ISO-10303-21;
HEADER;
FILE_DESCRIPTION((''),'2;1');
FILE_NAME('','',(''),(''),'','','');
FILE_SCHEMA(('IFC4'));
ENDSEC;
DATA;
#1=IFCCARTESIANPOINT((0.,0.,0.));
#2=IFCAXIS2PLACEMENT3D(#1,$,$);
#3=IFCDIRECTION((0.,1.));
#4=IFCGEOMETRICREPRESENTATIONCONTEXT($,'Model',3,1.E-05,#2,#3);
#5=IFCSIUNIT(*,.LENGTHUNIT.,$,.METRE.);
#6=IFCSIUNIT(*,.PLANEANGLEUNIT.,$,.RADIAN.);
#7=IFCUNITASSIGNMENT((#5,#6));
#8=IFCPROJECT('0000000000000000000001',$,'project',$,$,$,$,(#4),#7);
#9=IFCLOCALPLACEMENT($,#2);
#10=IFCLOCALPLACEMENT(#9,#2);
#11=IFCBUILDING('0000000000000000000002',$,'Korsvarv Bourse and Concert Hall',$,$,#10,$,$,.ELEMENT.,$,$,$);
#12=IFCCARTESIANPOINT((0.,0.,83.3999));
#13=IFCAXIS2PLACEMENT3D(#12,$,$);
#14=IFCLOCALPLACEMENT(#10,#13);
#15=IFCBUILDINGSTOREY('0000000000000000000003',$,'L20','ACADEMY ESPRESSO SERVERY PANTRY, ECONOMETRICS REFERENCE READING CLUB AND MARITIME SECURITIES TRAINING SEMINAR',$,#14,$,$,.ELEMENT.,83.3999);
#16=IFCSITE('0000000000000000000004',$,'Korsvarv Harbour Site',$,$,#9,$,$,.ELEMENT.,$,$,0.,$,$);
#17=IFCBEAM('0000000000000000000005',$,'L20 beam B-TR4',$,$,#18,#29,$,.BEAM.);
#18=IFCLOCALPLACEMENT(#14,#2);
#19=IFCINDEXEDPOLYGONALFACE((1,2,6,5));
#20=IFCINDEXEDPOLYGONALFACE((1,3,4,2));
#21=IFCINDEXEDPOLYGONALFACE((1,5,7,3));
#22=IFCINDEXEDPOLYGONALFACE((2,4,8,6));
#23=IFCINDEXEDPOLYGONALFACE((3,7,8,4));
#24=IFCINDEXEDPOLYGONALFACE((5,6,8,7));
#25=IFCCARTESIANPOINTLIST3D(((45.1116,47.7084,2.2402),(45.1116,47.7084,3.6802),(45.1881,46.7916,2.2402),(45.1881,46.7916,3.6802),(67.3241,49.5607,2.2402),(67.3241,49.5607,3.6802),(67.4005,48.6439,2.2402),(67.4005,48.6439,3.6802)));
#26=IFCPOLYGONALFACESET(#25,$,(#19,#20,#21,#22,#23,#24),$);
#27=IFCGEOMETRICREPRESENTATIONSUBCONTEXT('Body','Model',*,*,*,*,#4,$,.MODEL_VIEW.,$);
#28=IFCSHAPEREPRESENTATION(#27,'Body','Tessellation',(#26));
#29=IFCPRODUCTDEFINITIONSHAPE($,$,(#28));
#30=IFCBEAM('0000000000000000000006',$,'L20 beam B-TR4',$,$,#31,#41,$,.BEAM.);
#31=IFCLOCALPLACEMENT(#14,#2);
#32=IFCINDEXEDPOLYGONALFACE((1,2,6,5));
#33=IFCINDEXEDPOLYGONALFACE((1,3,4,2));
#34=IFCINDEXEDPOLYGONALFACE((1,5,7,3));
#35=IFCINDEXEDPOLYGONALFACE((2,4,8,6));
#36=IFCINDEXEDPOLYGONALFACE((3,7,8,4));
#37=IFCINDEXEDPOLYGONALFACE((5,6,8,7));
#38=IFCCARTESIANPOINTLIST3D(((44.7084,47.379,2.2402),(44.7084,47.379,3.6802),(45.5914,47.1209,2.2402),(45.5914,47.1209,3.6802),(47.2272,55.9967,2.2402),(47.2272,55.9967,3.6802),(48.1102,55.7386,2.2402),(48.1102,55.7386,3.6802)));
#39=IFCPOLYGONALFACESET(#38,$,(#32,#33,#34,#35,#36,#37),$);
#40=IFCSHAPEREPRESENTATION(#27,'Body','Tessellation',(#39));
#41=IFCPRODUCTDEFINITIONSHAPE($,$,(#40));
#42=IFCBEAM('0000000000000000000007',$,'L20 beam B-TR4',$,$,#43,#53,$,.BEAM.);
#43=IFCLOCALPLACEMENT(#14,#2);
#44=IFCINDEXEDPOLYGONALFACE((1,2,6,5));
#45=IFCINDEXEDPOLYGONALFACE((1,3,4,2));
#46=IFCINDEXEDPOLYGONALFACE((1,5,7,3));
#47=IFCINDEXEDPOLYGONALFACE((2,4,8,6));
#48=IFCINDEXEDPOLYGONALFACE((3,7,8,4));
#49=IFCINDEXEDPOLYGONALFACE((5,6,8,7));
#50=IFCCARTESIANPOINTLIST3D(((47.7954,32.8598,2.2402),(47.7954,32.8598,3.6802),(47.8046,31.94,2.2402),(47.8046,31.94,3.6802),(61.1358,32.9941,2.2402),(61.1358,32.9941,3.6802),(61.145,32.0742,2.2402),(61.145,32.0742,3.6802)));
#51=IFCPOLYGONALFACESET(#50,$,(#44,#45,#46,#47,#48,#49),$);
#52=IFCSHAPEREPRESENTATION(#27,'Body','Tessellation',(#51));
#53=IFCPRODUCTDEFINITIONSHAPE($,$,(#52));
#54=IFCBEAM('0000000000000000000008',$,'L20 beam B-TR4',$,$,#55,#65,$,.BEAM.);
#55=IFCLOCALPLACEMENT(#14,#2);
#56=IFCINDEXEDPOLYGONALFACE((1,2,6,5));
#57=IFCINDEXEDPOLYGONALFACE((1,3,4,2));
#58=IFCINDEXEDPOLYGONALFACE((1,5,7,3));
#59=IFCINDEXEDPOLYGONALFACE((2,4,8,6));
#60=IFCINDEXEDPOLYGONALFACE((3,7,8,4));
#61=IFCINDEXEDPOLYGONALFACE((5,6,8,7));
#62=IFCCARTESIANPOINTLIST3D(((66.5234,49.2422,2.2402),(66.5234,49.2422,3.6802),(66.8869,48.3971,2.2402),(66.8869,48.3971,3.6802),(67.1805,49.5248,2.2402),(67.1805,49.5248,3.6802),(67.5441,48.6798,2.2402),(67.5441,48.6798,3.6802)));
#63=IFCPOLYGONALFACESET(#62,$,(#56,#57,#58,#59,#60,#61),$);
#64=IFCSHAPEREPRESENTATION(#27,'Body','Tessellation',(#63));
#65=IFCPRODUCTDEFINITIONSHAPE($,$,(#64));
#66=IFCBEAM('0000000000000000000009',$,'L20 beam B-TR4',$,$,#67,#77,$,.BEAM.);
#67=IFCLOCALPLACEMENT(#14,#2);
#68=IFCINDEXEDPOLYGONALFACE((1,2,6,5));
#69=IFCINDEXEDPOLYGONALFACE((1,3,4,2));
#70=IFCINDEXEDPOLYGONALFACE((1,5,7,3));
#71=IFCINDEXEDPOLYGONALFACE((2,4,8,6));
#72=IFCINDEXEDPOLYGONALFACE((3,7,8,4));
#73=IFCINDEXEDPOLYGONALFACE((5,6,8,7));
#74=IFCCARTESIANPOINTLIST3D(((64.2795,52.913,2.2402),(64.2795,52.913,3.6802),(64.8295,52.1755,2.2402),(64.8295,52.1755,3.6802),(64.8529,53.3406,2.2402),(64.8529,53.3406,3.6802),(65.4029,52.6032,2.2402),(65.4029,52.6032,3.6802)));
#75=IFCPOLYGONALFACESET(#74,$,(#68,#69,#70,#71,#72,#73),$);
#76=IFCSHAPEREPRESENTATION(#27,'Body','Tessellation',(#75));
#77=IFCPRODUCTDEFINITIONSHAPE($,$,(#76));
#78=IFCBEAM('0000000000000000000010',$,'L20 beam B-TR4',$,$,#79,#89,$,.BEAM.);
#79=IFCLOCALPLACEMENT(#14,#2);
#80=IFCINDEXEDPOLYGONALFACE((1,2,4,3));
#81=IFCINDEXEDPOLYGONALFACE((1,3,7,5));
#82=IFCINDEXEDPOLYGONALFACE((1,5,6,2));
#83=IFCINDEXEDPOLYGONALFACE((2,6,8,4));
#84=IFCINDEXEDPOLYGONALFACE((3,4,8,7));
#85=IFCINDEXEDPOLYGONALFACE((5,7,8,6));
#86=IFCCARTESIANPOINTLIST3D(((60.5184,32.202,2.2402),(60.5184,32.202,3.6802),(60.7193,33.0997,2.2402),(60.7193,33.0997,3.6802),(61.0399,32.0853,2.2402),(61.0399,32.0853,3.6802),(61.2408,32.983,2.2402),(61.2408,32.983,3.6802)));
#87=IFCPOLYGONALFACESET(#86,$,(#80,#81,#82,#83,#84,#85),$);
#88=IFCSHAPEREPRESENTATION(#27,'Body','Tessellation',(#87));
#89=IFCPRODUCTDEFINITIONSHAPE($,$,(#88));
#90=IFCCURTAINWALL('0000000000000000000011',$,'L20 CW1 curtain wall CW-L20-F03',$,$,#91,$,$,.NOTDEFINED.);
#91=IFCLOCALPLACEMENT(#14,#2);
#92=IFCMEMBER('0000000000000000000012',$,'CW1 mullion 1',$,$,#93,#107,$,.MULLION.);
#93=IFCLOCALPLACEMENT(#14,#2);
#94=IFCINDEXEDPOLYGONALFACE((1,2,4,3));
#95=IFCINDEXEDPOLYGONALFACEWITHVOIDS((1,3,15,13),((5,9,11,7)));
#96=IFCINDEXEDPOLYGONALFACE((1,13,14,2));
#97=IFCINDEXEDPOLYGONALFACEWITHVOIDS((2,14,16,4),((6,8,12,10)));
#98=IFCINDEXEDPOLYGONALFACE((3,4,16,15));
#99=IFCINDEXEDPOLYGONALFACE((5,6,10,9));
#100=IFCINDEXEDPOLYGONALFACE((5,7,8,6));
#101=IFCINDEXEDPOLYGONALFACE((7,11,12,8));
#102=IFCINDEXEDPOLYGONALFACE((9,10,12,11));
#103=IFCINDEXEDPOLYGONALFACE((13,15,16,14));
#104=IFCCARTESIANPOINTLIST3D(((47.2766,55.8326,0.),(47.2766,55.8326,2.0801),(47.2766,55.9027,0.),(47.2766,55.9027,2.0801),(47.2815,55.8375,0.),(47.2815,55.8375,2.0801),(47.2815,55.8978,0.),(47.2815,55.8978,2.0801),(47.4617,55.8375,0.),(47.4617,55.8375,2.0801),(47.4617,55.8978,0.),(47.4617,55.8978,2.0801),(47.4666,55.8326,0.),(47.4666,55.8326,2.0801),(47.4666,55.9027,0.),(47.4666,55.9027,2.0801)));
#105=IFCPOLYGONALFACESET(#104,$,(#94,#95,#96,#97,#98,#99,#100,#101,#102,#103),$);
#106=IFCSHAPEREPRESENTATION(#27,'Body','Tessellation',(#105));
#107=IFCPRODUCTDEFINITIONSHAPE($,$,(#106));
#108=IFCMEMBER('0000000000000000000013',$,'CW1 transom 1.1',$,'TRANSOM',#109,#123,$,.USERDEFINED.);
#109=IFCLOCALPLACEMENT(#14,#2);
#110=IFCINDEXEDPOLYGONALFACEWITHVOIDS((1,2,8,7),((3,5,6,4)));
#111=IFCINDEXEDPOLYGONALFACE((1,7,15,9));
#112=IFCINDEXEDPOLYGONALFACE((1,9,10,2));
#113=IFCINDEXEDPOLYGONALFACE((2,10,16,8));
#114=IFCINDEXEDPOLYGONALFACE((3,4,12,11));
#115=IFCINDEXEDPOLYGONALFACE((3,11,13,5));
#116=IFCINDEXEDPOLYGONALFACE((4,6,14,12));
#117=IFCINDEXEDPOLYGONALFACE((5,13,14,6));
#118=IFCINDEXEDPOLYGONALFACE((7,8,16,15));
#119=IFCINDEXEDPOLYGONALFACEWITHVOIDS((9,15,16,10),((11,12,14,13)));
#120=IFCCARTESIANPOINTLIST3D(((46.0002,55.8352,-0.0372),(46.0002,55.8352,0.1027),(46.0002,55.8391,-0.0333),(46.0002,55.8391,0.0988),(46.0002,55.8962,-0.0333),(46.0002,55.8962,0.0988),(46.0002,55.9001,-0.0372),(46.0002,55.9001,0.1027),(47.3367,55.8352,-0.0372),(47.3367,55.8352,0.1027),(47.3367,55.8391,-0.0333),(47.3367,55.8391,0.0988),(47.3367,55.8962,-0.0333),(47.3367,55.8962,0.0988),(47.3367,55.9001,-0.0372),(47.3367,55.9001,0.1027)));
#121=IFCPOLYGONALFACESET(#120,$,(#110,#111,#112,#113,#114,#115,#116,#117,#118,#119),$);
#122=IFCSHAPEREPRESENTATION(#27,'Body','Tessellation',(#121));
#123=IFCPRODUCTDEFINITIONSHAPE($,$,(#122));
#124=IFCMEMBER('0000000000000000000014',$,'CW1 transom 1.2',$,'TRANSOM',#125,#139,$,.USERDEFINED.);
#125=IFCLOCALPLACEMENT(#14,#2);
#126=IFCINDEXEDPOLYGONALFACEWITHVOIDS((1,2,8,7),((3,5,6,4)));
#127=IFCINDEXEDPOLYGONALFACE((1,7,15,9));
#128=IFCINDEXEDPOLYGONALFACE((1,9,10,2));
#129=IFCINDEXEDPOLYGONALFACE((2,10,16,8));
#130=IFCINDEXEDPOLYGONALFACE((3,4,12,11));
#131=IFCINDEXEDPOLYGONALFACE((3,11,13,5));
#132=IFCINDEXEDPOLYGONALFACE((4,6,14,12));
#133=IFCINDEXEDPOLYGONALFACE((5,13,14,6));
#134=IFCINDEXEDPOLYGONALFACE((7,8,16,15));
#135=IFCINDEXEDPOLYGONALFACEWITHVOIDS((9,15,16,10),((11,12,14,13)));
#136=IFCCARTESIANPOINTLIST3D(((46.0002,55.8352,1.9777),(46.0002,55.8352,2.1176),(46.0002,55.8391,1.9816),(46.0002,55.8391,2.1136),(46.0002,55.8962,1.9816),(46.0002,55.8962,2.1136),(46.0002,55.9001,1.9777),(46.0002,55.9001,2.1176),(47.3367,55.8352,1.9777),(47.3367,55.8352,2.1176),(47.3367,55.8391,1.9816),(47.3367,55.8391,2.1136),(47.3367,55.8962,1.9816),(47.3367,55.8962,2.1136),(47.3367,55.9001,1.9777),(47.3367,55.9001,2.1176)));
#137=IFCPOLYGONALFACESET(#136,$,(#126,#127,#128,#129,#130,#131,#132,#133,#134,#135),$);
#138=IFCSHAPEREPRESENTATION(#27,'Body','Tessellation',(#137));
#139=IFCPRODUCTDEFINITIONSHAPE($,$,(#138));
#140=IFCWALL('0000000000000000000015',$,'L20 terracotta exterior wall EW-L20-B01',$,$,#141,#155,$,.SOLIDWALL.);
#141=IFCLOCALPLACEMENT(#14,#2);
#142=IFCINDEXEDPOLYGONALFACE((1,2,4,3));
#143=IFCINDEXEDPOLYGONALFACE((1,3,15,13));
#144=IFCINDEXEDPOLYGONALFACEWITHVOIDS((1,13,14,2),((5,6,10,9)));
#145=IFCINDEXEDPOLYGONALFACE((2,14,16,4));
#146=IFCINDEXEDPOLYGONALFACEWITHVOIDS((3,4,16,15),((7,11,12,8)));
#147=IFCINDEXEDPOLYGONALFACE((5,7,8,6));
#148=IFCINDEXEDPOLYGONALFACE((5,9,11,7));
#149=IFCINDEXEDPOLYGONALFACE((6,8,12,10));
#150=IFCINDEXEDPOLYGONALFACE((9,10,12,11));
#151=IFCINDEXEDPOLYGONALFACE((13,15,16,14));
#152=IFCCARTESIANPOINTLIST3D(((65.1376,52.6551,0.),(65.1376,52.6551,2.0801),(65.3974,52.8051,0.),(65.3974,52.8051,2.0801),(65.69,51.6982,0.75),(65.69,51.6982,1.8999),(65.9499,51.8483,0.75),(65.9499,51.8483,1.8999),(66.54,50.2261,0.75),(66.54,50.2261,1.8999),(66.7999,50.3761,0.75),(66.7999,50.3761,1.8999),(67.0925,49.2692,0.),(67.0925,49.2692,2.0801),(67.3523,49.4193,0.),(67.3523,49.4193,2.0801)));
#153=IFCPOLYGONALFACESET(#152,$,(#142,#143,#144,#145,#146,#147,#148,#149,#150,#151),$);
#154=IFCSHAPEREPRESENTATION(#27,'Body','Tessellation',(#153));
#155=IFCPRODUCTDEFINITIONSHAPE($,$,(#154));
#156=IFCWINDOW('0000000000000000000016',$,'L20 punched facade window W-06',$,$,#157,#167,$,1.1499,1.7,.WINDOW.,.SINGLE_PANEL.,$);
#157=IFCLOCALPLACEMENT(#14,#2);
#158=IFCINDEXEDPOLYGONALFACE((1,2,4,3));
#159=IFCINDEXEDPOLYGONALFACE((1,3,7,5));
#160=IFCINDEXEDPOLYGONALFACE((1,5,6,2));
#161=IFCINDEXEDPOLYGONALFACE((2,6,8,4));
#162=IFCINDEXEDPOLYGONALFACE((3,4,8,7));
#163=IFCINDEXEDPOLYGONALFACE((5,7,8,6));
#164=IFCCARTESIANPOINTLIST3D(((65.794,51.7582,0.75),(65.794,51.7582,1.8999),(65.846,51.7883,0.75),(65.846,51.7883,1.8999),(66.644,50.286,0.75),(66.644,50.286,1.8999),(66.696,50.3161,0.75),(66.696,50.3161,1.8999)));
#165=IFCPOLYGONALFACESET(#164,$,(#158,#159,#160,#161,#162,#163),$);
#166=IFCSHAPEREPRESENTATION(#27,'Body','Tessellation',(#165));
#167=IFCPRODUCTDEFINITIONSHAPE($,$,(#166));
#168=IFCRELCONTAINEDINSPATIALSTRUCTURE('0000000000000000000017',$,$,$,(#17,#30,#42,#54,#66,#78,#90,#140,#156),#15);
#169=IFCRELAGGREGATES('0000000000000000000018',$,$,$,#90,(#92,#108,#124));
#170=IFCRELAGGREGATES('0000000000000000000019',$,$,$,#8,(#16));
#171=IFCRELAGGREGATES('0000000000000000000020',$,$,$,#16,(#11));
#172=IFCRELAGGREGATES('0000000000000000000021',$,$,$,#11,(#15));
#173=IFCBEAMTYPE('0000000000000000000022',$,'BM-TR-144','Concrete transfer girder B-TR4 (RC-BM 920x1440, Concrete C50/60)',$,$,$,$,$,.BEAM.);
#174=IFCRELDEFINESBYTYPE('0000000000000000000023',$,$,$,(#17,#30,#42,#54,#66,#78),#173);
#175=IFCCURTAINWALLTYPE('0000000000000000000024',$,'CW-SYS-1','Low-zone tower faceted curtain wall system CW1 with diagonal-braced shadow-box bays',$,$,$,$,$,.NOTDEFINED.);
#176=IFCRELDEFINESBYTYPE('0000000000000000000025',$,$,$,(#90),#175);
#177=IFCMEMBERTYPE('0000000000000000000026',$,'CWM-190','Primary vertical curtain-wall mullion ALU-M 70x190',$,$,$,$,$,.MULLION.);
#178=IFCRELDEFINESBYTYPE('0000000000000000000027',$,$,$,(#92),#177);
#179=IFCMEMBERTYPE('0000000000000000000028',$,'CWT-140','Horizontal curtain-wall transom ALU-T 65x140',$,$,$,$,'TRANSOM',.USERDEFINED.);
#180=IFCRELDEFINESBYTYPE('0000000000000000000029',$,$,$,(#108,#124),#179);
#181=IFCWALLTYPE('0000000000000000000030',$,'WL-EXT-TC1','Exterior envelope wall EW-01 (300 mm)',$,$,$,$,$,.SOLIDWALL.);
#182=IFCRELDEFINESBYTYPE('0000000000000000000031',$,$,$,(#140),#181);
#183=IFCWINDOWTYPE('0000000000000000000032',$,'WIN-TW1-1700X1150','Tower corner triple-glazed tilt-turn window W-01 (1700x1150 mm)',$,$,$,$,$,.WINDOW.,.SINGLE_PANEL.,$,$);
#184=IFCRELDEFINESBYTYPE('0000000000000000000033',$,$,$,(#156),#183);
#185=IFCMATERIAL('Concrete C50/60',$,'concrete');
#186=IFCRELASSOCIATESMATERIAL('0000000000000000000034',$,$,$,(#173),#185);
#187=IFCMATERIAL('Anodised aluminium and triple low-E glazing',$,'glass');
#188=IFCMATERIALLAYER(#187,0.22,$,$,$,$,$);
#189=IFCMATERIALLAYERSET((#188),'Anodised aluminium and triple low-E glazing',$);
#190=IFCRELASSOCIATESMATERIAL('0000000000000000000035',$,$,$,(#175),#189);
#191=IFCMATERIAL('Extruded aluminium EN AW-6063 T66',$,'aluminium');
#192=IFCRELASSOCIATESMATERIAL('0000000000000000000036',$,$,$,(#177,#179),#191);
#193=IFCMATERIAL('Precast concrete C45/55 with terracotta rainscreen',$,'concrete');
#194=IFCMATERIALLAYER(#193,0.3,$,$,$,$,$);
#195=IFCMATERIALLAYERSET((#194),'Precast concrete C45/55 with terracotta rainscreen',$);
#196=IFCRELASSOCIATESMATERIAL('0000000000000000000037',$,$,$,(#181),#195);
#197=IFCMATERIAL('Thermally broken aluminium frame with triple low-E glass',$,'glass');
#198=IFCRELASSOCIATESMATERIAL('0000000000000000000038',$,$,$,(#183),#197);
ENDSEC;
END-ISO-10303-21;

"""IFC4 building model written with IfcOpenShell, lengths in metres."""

from ifc_helpers import new_model, si_unit, direction, frame, frame_2d, origin, origin_2d, place, context, subcontext, project, spatial, rectangle, hollow_rectangle, extrude, source, transform, mapped, material, layer, layer_set, material_profile, profile_set, type_object, element, fill, aggregate, save


model = new_model("IFC4")

# Units and contexts
model_context = context("Model", 3, precision=1e-05, world=origin(), true_north=direction((0.0, 1.0)))
body_context = subcontext(model_context, "Body", "Model", "MODEL_VIEW")
ifc_project = project(units=[si_unit("LENGTHUNIT", "METRE"), si_unit("PLANEANGLEUNIT", "RADIAN")], contexts=[model_context])

# Site, building, storey
site_placement = place(None, origin())
site = spatial("IfcSite", under=ifc_project, at=site_placement, Name="Korsvarv Harbour Site", CompositionType="ELEMENT", RefElevation=0.0)
building_placement = place(site_placement, origin())
building = spatial("IfcBuilding", under=site, at=building_placement, Name="Korsvarv Bourse and Concert Hall", CompositionType="ELEMENT")
storey_placement = place(building_placement, frame((0.0, 0.0, 83.3999)))
storey = spatial("IfcBuildingStorey", under=building, at=storey_placement, Name="L20", Description="ACADEMY ESPRESSO SERVERY PANTRY, ECONOMETRICS REFERENCE READING CLUB AND MARITIME SECURITIES TRAINING SEMINAR", CompositionType="ELEMENT", Elevation=83.3999)

# Beams
ifc_material_1 = material(Name="Concrete C50/60", Category="concrete")
ifc_material_profile_1 = material_profile(ifc_material_1, rectangle(XDim=0.9199, YDim=1.4399, at=origin_2d()), Name="RC-BM 920x1440")
ifc_profile_set_1 = profile_set([ifc_material_profile_1], Name="Concrete C50/60")
beam_type_1 = type_object("IfcBeamType", Name="BM-TR-144", Description="Concrete transfer girder B-TR4 (RC-BM 920x1440, Concrete C50/60)", PredefinedType="BEAM", material=ifc_profile_set_1)
shared_shape_1 = source(origin(), body_context, "Body", "SweptSolid", [
    extrude(rectangle(XDim=0.9199, YDim=1.4399, at=origin_2d()), origin(), (0.0, 0.0, 1.0), 22.2896),
])
beam_1_placement = place(storey_placement, frame((67.3623, 49.1023, 2.9602), z_axis=(-0.996541, -0.083102, 0.0), x_axis=(0.083102, -0.996541, 0.0)))
element("IfcBeam", 1, at=beam_1_placement, inside=storey, type_object=beam_type_1, Name="L20 beam B-TR4", PredefinedType="BEAM", context=body_context, shape_type="MappedRepresentation", body=[
    mapped(shared_shape_1, transform((0.0, 0.0, 0.0), scale=1.0)),
])
shared_shape_2 = source(origin(), body_context, "Body", "SweptSolid", [
    extrude(rectangle(XDim=0.9199, YDim=1.4399, at=origin_2d()), origin(), (0.0, 0.0, 1.0), 8.9783),
])
beam_2_placement = place(storey_placement, frame((47.6687, 55.8677, 2.9602), z_axis=(-0.280545, -0.959841, 0.0), x_axis=(0.959841, -0.280545, 0.0)))
element("IfcBeam", 2, at=beam_2_placement, inside=storey, type_object=beam_type_1, Name="L20 beam B-TR4", PredefinedType="BEAM", context=body_context, shape_type="MappedRepresentation", body=[
    mapped(shared_shape_2, transform((0.0, 0.0, 0.0), scale=1.0)),
])
shared_shape_3 = source(origin(), body_context, "Body", "SweptSolid", [
    extrude(rectangle(XDim=0.9199, YDim=1.4399, at=origin_2d()), origin(), (0.0, 0.0, 1.0), 13.3411),
])
beam_3_placement = place(storey_placement, frame((61.1404, 32.5342, 2.9602), z_axis=(-0.999949, -0.010065, 0.0), x_axis=(0.010065, -0.999949, 0.0)))
element("IfcBeam", 3, at=beam_3_placement, inside=storey, type_object=beam_type_1, Name="L20 beam B-TR4", PredefinedType="BEAM", context=body_context, shape_type="MappedRepresentation", body=[
    mapped(shared_shape_3, transform((0.0, 0.0, 0.0), scale=1.0)),
])
shared_shape_4 = source(origin(), body_context, "Body", "SweptSolid", [
    extrude(rectangle(XDim=0.9199, YDim=1.4399, at=origin_2d()), origin(), (0.0, 0.0, 1.0), 0.7153),
])
for number, where, z_axis, x_axis, name in (
    (4, (67.3623, 49.1023, 2.9602), (-0.918615, -0.395154, 0.0), (0.395154, -0.918615, 0.0), "L20 beam B-TR4"),
    (5, (65.1279, 52.9719, 2.9602), (-0.801594, -0.597868, 0.0), (0.597868, -0.801594, 0.0), "L20 beam B-TR4"),
):
    element("IfcBeam", number, at=place(storey_placement, frame(where, z_axis=z_axis, x_axis=x_axis)), inside=storey, type_object=beam_type_1, Name=name, PredefinedType="BEAM", context=body_context, shape_type="MappedRepresentation", body=[
        mapped(shared_shape_4, transform((0.0, 0.0, 0.0), scale=1.0)),
    ])
shared_shape_5 = source(origin(), body_context, "Body", "SweptSolid", [
    extrude(rectangle(XDim=0.9199, YDim=1.4399, at=origin_2d()), origin(), (0.0, 0.0, 1.0), 0.5344),
])
beam_4_placement = place(storey_placement, frame((61.1404, 32.5342, 2.9602), z_axis=(-0.975863, 0.218381, 0.0), x_axis=(-0.218381, -0.975863, 0.0)))
element("IfcBeam", 6, at=beam_4_placement, inside=storey, type_object=beam_type_1, Name="L20 beam B-TR4", PredefinedType="BEAM", context=body_context, shape_type="MappedRepresentation", body=[
    mapped(shared_shape_5, transform((0.0, 0.0, 0.0), scale=1.0)),
])

# Curtain wall, members
ifc_material_2 = material(Name="Anodised aluminium and triple low-E glazing", Category="glass")
ifc_layer_1 = layer(ifc_material_2, 0.22)
ifc_layer_set_1 = layer_set([ifc_layer_1], Name="Anodised aluminium and triple low-E glazing")
curtain_wall_type = type_object("IfcCurtainWallType", Name="CW-SYS-1", Description="Low-zone tower faceted curtain wall system CW1 with diagonal-braced shadow-box bays", PredefinedType="NOTDEFINED", material=ifc_layer_set_1)
curtain_wall_placement = place(storey_placement, origin())
curtain_wall = element("IfcCurtainWall", 7, at=curtain_wall_placement, inside=storey, type_object=curtain_wall_type, Name="L20 CW1 curtain wall CW-L20-F03", PredefinedType="NOTDEFINED")
ifc_material_3 = material(Name="Extruded aluminium EN AW-6063 T66", Category="aluminium")
ifc_material_profile_2 = material_profile(ifc_material_3, hollow_rectangle(XDim=0.0701, YDim=0.1899, WallThickness=0.0049, at=origin_2d()), Name="ALU-M 70x190")
ifc_profile_set_2 = profile_set([ifc_material_profile_2], Name="Extruded aluminium EN AW-6063 T66")
member_type_1 = type_object("IfcMemberType", Name="CWM-190", Description="Primary vertical curtain-wall mullion ALU-M 70x190", PredefinedType="MULLION", material=ifc_profile_set_2)
shared_shape_6 = source(origin(), body_context, "Body", "SweptSolid", [
    extrude(hollow_rectangle(XDim=0.0701, YDim=0.1899, WallThickness=0.0049, at=origin_2d()), origin(), (0.0, 0.0, 1.0), 2.0801),
])
member_1_placement = place(storey_placement, frame((47.3716, 55.8677, 0.0), z_axis=(0.0, 0.0, 1.0), x_axis=(0.0, -1.0, 0.0)))
member_1 = element("IfcMember", 8, at=member_1_placement, type_object=member_type_1, Name="CW1 mullion 1", PredefinedType="MULLION", context=body_context, shape_type="MappedRepresentation", body=[
    mapped(shared_shape_6, transform((0.0, 0.0, 0.0), scale=1.0)),
])
ifc_material_profile_3 = material_profile(ifc_material_3, hollow_rectangle(XDim=0.0649, YDim=0.1399, WallThickness=0.0039, at=origin_2d()), Name="ALU-T 65x140")
ifc_profile_set_3 = profile_set([ifc_material_profile_3], Name="Extruded aluminium EN AW-6063 T66")
member_type_2 = type_object("IfcMemberType", Name="CWT-140", Description="Horizontal curtain-wall transom ALU-T 65x140", ElementType="TRANSOM", PredefinedType="USERDEFINED", material=ifc_profile_set_3)
shared_shape_7 = source(origin(), body_context, "Body", "SweptSolid", [
    extrude(hollow_rectangle(XDim=0.0649, YDim=0.1399, WallThickness=0.0039, at=origin_2d()), origin(), (0.0, 0.0, 1.0), 1.3364),
])
member_2_placement = place(storey_placement, frame((47.3367, 55.8677, 0.0327), z_axis=(-1.0, 0.0, 0.0), x_axis=(0.0, -1.0, 0.0)))
member_2 = element("IfcMember", 9, at=member_2_placement, type_object=member_type_2, Name="CW1 transom 1.1", ObjectType="TRANSOM", PredefinedType="USERDEFINED", context=body_context, shape_type="MappedRepresentation", body=[
    mapped(shared_shape_7, transform((0.0, 0.0, 0.0), scale=1.0)),
])
member_3_placement = place(storey_placement, frame((47.3367, 55.8677, 2.0476), z_axis=(-1.0, 0.0, 0.0), x_axis=(0.0, -1.0, 0.0)))
member_3 = element("IfcMember", 10, at=member_3_placement, type_object=member_type_2, Name="CW1 transom 1.2", ObjectType="TRANSOM", PredefinedType="USERDEFINED", context=body_context, shape_type="MappedRepresentation", body=[
    mapped(shared_shape_7, transform((0.0, 0.0, 0.0), scale=1.0)),
])
aggregate(curtain_wall, [member_1, member_2, member_3])

# Wall, opening, window
ifc_material_4 = material(Name="Precast concrete C45/55 with terracotta rainscreen", Category="concrete")
ifc_layer_2 = layer(ifc_material_4, 0.3)
ifc_layer_set_2 = layer_set([ifc_layer_2], Name="Precast concrete C45/55 with terracotta rainscreen")
wall_type_1 = type_object("IfcWallType", Name="WL-EXT-TC1", Description="Exterior envelope wall EW-01 (300 mm)", PredefinedType="SOLIDWALL", material=ifc_layer_set_2)
wall_1_placement = place(storey_placement, frame((67.2224, 49.3442, 0.0), z_axis=(0.0, 0.0, 1.0), x_axis=(-0.500014, 0.866017, 0.0)))
wall_1 = element("IfcWall", 11, at=wall_1_placement, inside=storey, type_object=wall_type_1, Name="L20 terracotta exterior wall EW-L20-B01", PredefinedType="SOLIDWALL", context=body_context, shape_type="SweptSolid", body=[
    extrude(rectangle(XDim=3.9097, YDim=0.3, at=frame_2d((1.9548, 0.0))), origin(), (0.0, 0.0, 1.0), 2.0801),
])
opening_1_placement = place(wall_1_placement, frame((1.1047, 0.0, 0.75)))
opening_1 = element("IfcOpeningElement", 12, at=opening_1_placement, cuts=wall_1, PredefinedType="OPENING", context=body_context, shape_type="SweptSolid", body=[
    extrude(rectangle(XDim=1.7, YDim=1.1499, at=frame_2d((0.8501, 0.575))), frame((0.0, 0.1602, 0.0), z_axis=(0.0, -1.0, 0.0), x_axis=(1.0, 0.0, 0.0)), (0.0, 0.0, 1.0), 0.3201),
])
ifc_material_5 = material(Name="Thermally broken aluminium frame with triple low-E glass", Category="glass")
window_type = type_object("IfcWindowType", Name="WIN-TW1-1700X1150", Description="Tower corner triple-glazed tilt-turn window W-01 (1700x1150 mm)", PartitioningType="SINGLE_PANEL", PredefinedType="WINDOW", material=ifc_material_5)
window_1_placement = place(opening_1_placement, origin())
window_1 = element("IfcWindow", 13, at=window_1_placement, inside=storey, type_object=window_type, Name="L20 punched facade window W-06", OverallHeight=1.1499, OverallWidth=1.7, PartitioningType="SINGLE_PANEL", PredefinedType="WINDOW", context=body_context, shape_type="SweptSolid", body=[
    extrude(rectangle(XDim=1.7, YDim=1.1499, at=frame_2d((0.8501, 0.575))), frame((0.0, 0.03, 0.0), z_axis=(0.0, -1.0, 0.0), x_axis=(1.0, 0.0, 0.0)), (0.0, 0.0, 1.0), 0.0601),
])
fill(opening_1, window_1)

save(model, "model.ifc")
